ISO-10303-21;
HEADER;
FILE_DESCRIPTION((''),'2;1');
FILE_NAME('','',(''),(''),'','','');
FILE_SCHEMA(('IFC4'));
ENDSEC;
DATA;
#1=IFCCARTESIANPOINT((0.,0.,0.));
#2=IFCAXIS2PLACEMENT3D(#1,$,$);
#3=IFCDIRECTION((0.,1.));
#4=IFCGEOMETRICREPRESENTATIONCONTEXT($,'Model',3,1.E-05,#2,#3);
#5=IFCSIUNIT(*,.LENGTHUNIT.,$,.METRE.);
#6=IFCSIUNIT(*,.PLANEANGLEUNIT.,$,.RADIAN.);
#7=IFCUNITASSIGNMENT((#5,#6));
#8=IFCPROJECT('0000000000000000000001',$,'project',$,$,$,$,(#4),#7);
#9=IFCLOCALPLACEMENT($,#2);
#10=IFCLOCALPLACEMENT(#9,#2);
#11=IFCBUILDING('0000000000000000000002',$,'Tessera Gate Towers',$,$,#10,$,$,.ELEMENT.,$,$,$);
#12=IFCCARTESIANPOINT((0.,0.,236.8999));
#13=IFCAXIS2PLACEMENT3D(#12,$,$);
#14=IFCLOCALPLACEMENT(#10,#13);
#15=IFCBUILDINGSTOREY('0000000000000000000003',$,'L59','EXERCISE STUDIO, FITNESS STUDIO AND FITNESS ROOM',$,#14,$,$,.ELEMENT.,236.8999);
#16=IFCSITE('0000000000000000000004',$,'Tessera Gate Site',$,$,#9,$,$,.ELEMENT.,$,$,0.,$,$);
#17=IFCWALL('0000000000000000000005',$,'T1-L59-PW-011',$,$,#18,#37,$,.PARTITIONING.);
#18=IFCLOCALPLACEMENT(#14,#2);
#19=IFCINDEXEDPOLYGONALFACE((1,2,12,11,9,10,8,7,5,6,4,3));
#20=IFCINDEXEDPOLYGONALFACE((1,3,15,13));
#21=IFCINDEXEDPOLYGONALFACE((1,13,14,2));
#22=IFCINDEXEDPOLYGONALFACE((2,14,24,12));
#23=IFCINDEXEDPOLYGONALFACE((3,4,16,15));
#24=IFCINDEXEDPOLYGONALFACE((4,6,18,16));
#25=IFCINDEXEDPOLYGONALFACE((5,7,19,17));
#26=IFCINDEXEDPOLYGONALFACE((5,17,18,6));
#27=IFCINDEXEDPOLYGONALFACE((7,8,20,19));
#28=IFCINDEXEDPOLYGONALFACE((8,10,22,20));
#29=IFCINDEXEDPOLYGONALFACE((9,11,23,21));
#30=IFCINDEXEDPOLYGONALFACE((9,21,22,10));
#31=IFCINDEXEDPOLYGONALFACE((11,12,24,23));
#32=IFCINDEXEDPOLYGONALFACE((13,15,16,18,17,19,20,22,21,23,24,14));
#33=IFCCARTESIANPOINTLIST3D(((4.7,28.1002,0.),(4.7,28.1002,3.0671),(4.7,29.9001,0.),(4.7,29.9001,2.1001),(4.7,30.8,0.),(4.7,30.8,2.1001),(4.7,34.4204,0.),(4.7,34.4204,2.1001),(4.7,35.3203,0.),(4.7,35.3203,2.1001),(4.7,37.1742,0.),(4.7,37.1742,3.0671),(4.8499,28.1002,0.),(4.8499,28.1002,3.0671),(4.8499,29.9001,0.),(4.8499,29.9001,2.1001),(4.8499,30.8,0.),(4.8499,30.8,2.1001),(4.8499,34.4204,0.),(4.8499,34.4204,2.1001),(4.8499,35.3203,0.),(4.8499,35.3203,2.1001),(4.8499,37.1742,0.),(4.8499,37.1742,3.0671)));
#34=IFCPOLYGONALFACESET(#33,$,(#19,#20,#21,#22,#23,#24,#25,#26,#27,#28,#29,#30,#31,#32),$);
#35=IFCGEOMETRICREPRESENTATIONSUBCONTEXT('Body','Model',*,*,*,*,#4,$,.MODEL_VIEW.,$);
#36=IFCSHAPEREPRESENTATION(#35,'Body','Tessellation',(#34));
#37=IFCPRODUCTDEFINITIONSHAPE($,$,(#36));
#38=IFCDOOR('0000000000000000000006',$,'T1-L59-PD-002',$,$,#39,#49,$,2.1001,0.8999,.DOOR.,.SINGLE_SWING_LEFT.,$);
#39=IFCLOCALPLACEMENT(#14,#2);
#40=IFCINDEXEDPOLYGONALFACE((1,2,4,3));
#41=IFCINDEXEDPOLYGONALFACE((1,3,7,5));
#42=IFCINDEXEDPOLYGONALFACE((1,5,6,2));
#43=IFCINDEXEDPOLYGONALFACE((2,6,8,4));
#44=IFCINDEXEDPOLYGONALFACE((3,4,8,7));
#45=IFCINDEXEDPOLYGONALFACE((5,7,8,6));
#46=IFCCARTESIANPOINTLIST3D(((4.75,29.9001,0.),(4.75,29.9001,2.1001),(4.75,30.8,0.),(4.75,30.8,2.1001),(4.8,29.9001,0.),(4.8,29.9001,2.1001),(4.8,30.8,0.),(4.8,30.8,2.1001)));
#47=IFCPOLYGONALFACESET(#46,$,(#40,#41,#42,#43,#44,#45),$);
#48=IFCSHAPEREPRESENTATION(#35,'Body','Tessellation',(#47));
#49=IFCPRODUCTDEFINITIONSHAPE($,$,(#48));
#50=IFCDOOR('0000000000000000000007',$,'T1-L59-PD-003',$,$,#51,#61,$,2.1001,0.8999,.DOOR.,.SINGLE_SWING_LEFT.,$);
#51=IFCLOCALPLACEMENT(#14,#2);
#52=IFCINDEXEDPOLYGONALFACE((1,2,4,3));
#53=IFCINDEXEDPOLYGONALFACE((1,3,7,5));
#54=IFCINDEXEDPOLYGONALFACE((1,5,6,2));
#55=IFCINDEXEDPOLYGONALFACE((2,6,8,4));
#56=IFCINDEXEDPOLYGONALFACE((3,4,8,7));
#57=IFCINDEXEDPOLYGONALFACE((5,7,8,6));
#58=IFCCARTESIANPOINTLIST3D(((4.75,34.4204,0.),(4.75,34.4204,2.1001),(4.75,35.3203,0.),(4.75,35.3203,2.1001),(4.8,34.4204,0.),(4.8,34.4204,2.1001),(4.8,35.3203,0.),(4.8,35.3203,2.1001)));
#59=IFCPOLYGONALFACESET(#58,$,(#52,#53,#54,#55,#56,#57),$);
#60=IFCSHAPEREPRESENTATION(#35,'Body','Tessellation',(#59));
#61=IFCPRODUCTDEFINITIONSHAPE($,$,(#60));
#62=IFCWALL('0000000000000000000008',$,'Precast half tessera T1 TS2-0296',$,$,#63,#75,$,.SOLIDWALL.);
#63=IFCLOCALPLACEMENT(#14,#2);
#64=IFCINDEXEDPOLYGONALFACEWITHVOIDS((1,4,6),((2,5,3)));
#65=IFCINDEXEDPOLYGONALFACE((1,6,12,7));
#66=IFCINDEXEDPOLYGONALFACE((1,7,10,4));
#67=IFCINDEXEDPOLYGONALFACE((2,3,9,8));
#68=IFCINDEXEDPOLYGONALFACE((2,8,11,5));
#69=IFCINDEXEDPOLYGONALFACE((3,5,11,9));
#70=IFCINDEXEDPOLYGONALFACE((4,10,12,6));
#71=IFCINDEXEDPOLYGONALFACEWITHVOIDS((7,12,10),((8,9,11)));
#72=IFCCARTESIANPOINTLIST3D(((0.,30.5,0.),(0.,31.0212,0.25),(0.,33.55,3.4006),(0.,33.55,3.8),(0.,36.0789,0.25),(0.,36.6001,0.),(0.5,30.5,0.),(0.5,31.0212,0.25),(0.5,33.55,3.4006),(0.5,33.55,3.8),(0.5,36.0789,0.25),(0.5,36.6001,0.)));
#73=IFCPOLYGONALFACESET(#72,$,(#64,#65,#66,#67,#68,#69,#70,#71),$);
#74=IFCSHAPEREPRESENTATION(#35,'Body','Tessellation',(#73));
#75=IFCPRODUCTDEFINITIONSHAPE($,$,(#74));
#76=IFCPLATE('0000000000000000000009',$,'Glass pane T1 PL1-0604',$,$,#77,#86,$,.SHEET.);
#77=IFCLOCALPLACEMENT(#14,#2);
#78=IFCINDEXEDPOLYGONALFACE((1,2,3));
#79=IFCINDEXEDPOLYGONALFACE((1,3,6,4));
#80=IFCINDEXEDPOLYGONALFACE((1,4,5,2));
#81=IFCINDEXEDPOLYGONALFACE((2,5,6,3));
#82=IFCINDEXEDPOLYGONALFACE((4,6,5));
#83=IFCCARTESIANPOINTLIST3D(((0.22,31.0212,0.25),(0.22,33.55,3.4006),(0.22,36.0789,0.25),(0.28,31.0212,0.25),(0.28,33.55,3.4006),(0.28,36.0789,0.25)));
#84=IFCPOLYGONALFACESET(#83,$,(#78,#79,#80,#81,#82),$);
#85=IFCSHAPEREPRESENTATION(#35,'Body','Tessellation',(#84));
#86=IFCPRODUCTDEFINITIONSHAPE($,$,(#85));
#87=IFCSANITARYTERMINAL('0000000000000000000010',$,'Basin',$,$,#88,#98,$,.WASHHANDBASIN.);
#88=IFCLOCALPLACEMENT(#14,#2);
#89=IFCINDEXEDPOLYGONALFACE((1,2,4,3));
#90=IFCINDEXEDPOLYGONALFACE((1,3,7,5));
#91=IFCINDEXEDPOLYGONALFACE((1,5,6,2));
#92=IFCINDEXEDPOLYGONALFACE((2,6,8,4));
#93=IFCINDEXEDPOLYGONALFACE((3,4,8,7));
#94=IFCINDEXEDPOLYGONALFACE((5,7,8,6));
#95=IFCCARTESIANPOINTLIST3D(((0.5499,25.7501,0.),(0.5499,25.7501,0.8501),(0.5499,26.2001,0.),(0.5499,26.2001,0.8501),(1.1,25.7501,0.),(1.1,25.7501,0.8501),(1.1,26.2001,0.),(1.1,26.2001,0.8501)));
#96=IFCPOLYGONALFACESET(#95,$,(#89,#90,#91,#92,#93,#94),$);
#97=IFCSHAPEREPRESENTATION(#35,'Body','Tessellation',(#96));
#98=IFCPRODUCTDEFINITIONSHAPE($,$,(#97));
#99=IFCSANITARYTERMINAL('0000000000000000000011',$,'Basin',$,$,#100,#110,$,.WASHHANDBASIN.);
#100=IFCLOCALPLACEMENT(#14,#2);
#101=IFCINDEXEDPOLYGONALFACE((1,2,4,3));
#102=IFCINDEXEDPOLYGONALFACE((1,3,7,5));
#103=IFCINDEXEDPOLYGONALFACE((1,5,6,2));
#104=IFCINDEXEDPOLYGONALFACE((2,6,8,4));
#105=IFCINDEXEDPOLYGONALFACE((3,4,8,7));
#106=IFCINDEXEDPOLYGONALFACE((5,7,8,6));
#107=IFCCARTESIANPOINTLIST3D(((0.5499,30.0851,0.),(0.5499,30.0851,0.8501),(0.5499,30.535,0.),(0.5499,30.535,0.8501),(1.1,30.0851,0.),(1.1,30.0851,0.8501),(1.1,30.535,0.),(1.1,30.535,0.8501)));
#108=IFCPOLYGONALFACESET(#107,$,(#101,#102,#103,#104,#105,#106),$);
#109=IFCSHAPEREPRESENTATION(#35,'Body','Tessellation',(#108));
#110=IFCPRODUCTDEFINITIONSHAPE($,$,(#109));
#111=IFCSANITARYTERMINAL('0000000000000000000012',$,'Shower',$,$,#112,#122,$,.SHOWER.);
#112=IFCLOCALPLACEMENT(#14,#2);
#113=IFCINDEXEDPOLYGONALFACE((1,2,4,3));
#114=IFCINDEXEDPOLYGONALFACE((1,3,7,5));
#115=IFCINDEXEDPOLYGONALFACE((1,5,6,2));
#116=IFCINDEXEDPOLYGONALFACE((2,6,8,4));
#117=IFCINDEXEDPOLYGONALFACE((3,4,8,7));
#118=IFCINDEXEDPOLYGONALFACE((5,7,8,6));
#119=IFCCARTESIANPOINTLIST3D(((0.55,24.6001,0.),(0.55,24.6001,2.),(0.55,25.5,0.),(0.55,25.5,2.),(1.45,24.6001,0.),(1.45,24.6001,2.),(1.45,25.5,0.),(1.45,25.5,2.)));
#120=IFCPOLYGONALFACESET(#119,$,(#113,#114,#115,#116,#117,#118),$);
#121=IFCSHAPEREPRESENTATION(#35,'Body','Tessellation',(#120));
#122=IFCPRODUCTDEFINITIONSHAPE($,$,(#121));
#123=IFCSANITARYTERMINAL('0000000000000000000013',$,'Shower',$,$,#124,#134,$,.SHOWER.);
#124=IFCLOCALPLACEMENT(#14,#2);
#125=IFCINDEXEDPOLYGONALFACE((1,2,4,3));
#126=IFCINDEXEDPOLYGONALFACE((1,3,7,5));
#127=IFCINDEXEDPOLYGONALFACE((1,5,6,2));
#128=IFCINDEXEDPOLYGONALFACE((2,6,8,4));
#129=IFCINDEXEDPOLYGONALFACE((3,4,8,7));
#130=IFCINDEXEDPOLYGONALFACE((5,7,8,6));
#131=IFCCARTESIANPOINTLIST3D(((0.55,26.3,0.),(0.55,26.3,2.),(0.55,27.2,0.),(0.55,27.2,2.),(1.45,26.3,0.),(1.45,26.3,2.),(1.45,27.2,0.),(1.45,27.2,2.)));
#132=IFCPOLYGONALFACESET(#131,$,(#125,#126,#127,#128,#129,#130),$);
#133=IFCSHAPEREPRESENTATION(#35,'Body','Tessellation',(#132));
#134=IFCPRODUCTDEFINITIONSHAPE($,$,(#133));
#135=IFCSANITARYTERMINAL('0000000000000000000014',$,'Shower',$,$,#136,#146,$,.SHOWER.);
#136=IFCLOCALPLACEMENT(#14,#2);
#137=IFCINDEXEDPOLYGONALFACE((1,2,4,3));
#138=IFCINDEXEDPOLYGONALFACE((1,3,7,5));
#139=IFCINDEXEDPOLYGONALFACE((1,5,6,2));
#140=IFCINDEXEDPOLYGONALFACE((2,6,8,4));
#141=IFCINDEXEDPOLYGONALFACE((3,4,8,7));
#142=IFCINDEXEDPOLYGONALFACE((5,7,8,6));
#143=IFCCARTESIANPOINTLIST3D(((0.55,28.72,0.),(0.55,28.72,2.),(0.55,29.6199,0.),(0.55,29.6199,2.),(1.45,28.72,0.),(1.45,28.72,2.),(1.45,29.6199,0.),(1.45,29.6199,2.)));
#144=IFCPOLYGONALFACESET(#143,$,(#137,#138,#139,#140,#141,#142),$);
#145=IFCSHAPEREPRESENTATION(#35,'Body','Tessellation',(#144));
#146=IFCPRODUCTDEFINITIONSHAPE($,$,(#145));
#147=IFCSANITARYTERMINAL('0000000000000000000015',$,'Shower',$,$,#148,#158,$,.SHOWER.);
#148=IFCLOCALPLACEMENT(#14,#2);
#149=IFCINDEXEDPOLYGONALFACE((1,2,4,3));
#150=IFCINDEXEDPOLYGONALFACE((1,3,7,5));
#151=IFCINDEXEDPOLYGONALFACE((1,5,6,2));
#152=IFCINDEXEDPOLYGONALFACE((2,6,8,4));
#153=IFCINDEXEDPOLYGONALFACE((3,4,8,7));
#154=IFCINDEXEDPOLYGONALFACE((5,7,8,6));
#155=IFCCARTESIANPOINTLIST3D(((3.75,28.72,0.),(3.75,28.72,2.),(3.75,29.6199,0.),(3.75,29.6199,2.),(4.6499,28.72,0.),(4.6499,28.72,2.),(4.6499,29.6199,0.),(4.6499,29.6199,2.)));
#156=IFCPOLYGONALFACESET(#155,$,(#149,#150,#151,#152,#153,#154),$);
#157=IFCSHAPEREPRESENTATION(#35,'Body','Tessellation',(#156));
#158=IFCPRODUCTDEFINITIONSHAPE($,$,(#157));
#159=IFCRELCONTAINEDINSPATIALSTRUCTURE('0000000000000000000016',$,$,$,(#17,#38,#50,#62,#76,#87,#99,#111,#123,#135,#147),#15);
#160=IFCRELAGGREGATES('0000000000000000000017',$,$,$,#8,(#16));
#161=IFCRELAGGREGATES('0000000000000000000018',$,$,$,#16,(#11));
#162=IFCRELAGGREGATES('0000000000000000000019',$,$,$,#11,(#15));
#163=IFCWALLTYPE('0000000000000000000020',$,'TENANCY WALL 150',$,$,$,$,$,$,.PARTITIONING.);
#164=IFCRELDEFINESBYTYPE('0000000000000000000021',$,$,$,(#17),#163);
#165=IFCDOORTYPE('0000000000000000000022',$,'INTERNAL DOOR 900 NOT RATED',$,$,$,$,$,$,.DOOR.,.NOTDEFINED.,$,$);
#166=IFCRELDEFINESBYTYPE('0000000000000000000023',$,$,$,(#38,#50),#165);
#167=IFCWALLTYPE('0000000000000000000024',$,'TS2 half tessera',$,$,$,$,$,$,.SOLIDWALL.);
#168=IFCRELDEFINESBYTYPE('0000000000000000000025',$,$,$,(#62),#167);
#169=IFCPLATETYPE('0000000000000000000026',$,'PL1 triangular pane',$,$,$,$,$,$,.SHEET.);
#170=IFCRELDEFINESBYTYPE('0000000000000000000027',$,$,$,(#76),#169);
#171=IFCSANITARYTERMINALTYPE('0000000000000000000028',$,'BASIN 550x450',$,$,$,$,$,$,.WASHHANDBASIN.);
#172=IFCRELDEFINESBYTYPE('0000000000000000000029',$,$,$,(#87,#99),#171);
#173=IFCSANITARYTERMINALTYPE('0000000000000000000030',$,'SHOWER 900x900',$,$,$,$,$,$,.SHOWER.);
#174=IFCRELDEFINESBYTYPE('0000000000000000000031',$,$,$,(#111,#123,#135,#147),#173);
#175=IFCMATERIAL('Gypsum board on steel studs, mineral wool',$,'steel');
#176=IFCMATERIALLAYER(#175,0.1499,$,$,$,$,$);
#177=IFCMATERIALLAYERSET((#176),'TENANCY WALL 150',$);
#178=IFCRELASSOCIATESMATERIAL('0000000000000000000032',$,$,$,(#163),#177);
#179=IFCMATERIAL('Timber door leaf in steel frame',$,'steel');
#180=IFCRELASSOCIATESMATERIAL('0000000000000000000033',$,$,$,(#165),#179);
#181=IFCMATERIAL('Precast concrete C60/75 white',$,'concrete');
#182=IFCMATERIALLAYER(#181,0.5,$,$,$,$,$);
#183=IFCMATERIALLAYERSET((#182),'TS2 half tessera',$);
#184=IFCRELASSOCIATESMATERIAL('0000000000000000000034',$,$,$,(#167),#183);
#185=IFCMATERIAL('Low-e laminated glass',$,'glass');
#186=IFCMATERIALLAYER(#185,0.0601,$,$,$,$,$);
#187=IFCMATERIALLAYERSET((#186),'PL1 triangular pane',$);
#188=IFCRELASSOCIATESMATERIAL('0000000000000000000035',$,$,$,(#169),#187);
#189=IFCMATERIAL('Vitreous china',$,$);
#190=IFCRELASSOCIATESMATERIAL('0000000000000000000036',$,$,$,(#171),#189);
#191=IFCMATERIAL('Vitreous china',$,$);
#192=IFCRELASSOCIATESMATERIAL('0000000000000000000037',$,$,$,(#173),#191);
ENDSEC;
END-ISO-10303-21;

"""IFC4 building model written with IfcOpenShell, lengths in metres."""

from ifc_helpers import new_model, si_unit, direction, frame, frame_2d, origin, origin_2d, place, context, subcontext, project, spatial, polyline, rectangle, outline, extrude, source, transform, mapped, material, layer, layer_set, type_object, element, fill, save


model = new_model("IFC4")

# Units and contexts
model_context = context("Model", 3, precision=1e-05, world=origin(), true_north=direction((0.0, 1.0)))
body_context = subcontext(model_context, "Body", "Model", "MODEL_VIEW")
ifc_project = project(units=[si_unit("LENGTHUNIT", "METRE"), si_unit("PLANEANGLEUNIT", "RADIAN")], contexts=[model_context])

# Site, building, storey
site_placement = place(None, origin())
site = spatial("IfcSite", under=ifc_project, at=site_placement, Name="Tessera Gate Site", CompositionType="ELEMENT", RefElevation=0.0)
building_placement = place(site_placement, origin())
building = spatial("IfcBuilding", under=site, at=building_placement, Name="Tessera Gate Towers", CompositionType="ELEMENT")
storey_placement = place(building_placement, frame((0.0, 0.0, 236.8999)))
storey = spatial("IfcBuildingStorey", under=building, at=storey_placement, Name="L59", Description="EXERCISE STUDIO, FITNESS STUDIO AND FITNESS ROOM", CompositionType="ELEMENT", Elevation=236.8999)

# Shared definitions
ifc_material_1 = material(Name="Gypsum board on steel studs, mineral wool", Category="steel")
ifc_layer_1 = layer(ifc_material_1, 0.1499)
ifc_layer_set_1 = layer_set([ifc_layer_1], Name="TENANCY WALL 150")
wall_type_1 = type_object("IfcWallType", Name="TENANCY WALL 150", PredefinedType="PARTITIONING", material=ifc_layer_set_1)

# Shared definitions
shared_shape_1 = source(origin(), body_context, "Body", "SweptSolid", [
    extrude(rectangle(XDim=0.8999, YDim=2.1001, at=frame_2d((0.45, 1.05))), frame((0.0, 0.085, 0.0), z_axis=(0.0, -1.0, 0.0), x_axis=(1.0, 0.0, 0.0)), (0.0, 0.0, 1.0), 0.1699),
])
ifc_material_2 = material(Name="Timber door leaf in steel frame", Category="steel")
door_type = type_object("IfcDoorType", Name="INTERNAL DOOR 900 NOT RATED", OperationType="NOTDEFINED", PredefinedType="DOOR", material=ifc_material_2)
shared_shape_2 = source(origin(), body_context, "Body", "SweptSolid", [
    extrude(rectangle(XDim=0.8999, YDim=2.1001, at=frame_2d((0.45, 1.05))), frame((0.0, 0.0249, 0.0), z_axis=(0.0, -1.0, 0.0), x_axis=(1.0, 0.0, 0.0)), (0.0, 0.0, 1.0), 0.05),
])

# Wall, openings, doors
wall_1_placement = place(storey_placement, frame((4.7749, 28.1001, 0.0), z_axis=(0.0, 0.0, 1.0), x_axis=(0.0, 1.0, 0.0)))
wall_1 = element("IfcWall", 1, at=wall_1_placement, inside=storey, type_object=wall_type_1, Name="T1-L59-PW-011", PredefinedType="PARTITIONING", context=body_context, shape_type="SweptSolid", body=[
    extrude(rectangle(XDim=9.074, YDim=0.1499, at=frame_2d((4.5371, 0.0))), origin(), (0.0, 0.0, 1.0), 3.0671),
])
opening_1_placement = place(wall_1_placement, frame((1.8, 0.0, 0.0)))
opening_1 = element("IfcOpeningElement", 2, at=opening_1_placement, cuts=wall_1, PredefinedType="OPENING", context=body_context, shape_type="MappedRepresentation", body=[
    mapped(shared_shape_1, transform((0.0, 0.0, 0.0), scale=1.0)),
])
opening_2_placement = place(wall_1_placement, frame((6.3203, 0.0, 0.0)))
opening_2 = element("IfcOpeningElement", 3, at=opening_2_placement, cuts=wall_1, PredefinedType="OPENING", context=body_context, shape_type="MappedRepresentation", body=[
    mapped(shared_shape_1, transform((0.0, 0.0, 0.0), scale=1.0)),
])
door_1_placement = place(opening_1_placement, origin())
door_1 = element("IfcDoor", 4, at=door_1_placement, inside=storey, type_object=door_type, Name="T1-L59-PD-002", OperationType="SINGLE_SWING_LEFT", OverallHeight=2.1001, OverallWidth=0.8999, PredefinedType="DOOR", context=body_context, shape_type="MappedRepresentation", body=[
    mapped(shared_shape_2, transform((0.0, 0.0, 0.0), scale=1.0)),
])
fill(opening_1, door_1)
door_2_placement = place(opening_2_placement, origin())
door_2 = element("IfcDoor", 5, at=door_2_placement, inside=storey, type_object=door_type, Name="T1-L59-PD-003", OperationType="SINGLE_SWING_LEFT", OverallHeight=2.1001, OverallWidth=0.8999, PredefinedType="DOOR", context=body_context, shape_type="MappedRepresentation", body=[
    mapped(shared_shape_2, transform((0.0, 0.0, 0.0), scale=1.0)),
])
fill(opening_2, door_2)

# Wall, opening, plate
ifc_material_3 = material(Name="Precast concrete C60/75 white", Category="concrete")
ifc_layer_2 = layer(ifc_material_3, 0.5)
ifc_layer_set_2 = layer_set([ifc_layer_2], Name="TS2 half tessera")
wall_type_2 = type_object("IfcWallType", Name="TS2 half tessera", PredefinedType="SOLIDWALL", material=ifc_layer_set_2)
shared_shape_3 = source(origin(), body_context, "Body", "SweptSolid", [
    extrude(outline(polyline([(6.1001, 0.0), (3.05, 3.8), (0.0, 0.0), (6.1001, 0.0)])), frame((0.0, 0.25, 0.0), z_axis=(0.0, -1.0, 0.0), x_axis=(1.0, 0.0, 0.0)), (0.0, 0.0, 1.0), 0.5),
])
wall_2_placement = place(storey_placement, frame((0.25, 36.6001, 0.0), z_axis=(0.0, 0.0, 1.0), x_axis=(0.0, -1.0, 0.0)))
wall_2 = element("IfcWall", 6, at=wall_2_placement, inside=storey, type_object=wall_type_2, Name="Precast half tessera T1 TS2-0296", PredefinedType="SOLIDWALL", context=body_context, shape_type="MappedRepresentation", body=[
    mapped(shared_shape_3, transform((0.0, 0.0, 0.0), scale=1.0)),
])
shared_shape_4 = source(origin(), body_context, "Body", "SweptSolid", [
    extrude(outline(polyline([(5.5789, 0.25), (3.05, 3.4006), (0.5212, 0.25), (5.5789, 0.25)])), frame((0.0, 0.26, 0.0), z_axis=(0.0, -1.0, 0.0), x_axis=(1.0, 0.0, 0.0)), (0.0, 0.0, 1.0), 0.52),
])
opening_3_placement = place(wall_2_placement, origin())
opening_3 = element("IfcOpeningElement", 7, at=opening_3_placement, cuts=wall_2, PredefinedType="OPENING", context=body_context, shape_type="MappedRepresentation", body=[
    mapped(shared_shape_4, transform((0.0, 0.0, 0.0), scale=1.0)),
])
ifc_material_4 = material(Name="Low-e laminated glass", Category="glass")
ifc_layer_3 = layer(ifc_material_4, 0.0601)
ifc_layer_set_3 = layer_set([ifc_layer_3], Name="PL1 triangular pane")
plate_type = type_object("IfcPlateType", Name="PL1 triangular pane", PredefinedType="SHEET", material=ifc_layer_set_3)
shared_shape_5 = source(origin(), body_context, "Body", "SweptSolid", [
    extrude(outline(polyline([(5.5789, 0.25), (3.05, 3.4006), (0.5212, 0.25), (5.5789, 0.25)])), frame((0.0, 0.03, 0.0), z_axis=(0.0, -1.0, 0.0), x_axis=(1.0, 0.0, 0.0)), (0.0, 0.0, 1.0), 0.0601),
])
plate_placement = place(opening_3_placement, origin())
plate = element("IfcPlate", 8, at=plate_placement, inside=storey, type_object=plate_type, Name="Glass pane T1 PL1-0604", PredefinedType="SHEET", context=body_context, shape_type="MappedRepresentation", body=[
    mapped(shared_shape_5, transform((0.0, 0.0, 0.0), scale=1.0)),
])
fill(opening_3, plate)

# Sanitary terminals
ifc_material_5 = material(Name="Vitreous china")
sanitary_terminal_type_1 = type_object("IfcSanitaryTerminalType", Name="BASIN 550x450", PredefinedType="WASHHANDBASIN", material=ifc_material_5)
for number, where, z_axis, x_axis, name in (
    (9, (0.825, 25.9751, 0.0), (0.0, 0.0, 1.0), (1.0, 0.0, 0.0), "Basin"),
    (10, (0.825, 30.3101, 0.0), (0.0, 0.0, 1.0), (1.0, 0.0, 0.0), "Basin"),
):
    element("IfcSanitaryTerminal", number, at=place(storey_placement, frame(where, z_axis=z_axis, x_axis=x_axis)), inside=storey, type_object=sanitary_terminal_type_1, Name=name, PredefinedType="WASHHANDBASIN", context=body_context, shape_type="SweptSolid", body=[
        extrude(rectangle(XDim=0.55, YDim=0.45, at=origin_2d()), origin(), (0.0, 0.0, 1.0), 0.8501),
    ])
ifc_material_6 = material(Name="Vitreous china")
sanitary_terminal_type_2 = type_object("IfcSanitaryTerminalType", Name="SHOWER 900x900", PredefinedType="SHOWER", material=ifc_material_6)
for number, where, z_axis, x_axis, name in (
    (11, (1.0, 25.05, 0.0), (0.0, 0.0, 1.0), (1.0, 0.0, 0.0), "Shower"),
    (12, (1.0, 26.75, 0.0), (0.0, 0.0, 1.0), (1.0, 0.0, 0.0), "Shower"),
    (13, (1.0, 29.1699, 0.0), (0.0, 0.0, 1.0), (1.0, 0.0, 0.0), "Shower"),
    (14, (4.2, 29.1699, 0.0), (0.0, 0.0, 1.0), (1.0, 0.0, 0.0), "Shower"),
):
    element("IfcSanitaryTerminal", number, at=place(storey_placement, frame(where, z_axis=z_axis, x_axis=x_axis)), inside=storey, type_object=sanitary_terminal_type_2, Name=name, PredefinedType="SHOWER", context=body_context, shape_type="SweptSolid", body=[
        extrude(rectangle(XDim=0.8999, YDim=0.8999, at=origin_2d()), origin(), (0.0, 0.0, 1.0), 2.0),
    ])

save(model, "model.ifc")
